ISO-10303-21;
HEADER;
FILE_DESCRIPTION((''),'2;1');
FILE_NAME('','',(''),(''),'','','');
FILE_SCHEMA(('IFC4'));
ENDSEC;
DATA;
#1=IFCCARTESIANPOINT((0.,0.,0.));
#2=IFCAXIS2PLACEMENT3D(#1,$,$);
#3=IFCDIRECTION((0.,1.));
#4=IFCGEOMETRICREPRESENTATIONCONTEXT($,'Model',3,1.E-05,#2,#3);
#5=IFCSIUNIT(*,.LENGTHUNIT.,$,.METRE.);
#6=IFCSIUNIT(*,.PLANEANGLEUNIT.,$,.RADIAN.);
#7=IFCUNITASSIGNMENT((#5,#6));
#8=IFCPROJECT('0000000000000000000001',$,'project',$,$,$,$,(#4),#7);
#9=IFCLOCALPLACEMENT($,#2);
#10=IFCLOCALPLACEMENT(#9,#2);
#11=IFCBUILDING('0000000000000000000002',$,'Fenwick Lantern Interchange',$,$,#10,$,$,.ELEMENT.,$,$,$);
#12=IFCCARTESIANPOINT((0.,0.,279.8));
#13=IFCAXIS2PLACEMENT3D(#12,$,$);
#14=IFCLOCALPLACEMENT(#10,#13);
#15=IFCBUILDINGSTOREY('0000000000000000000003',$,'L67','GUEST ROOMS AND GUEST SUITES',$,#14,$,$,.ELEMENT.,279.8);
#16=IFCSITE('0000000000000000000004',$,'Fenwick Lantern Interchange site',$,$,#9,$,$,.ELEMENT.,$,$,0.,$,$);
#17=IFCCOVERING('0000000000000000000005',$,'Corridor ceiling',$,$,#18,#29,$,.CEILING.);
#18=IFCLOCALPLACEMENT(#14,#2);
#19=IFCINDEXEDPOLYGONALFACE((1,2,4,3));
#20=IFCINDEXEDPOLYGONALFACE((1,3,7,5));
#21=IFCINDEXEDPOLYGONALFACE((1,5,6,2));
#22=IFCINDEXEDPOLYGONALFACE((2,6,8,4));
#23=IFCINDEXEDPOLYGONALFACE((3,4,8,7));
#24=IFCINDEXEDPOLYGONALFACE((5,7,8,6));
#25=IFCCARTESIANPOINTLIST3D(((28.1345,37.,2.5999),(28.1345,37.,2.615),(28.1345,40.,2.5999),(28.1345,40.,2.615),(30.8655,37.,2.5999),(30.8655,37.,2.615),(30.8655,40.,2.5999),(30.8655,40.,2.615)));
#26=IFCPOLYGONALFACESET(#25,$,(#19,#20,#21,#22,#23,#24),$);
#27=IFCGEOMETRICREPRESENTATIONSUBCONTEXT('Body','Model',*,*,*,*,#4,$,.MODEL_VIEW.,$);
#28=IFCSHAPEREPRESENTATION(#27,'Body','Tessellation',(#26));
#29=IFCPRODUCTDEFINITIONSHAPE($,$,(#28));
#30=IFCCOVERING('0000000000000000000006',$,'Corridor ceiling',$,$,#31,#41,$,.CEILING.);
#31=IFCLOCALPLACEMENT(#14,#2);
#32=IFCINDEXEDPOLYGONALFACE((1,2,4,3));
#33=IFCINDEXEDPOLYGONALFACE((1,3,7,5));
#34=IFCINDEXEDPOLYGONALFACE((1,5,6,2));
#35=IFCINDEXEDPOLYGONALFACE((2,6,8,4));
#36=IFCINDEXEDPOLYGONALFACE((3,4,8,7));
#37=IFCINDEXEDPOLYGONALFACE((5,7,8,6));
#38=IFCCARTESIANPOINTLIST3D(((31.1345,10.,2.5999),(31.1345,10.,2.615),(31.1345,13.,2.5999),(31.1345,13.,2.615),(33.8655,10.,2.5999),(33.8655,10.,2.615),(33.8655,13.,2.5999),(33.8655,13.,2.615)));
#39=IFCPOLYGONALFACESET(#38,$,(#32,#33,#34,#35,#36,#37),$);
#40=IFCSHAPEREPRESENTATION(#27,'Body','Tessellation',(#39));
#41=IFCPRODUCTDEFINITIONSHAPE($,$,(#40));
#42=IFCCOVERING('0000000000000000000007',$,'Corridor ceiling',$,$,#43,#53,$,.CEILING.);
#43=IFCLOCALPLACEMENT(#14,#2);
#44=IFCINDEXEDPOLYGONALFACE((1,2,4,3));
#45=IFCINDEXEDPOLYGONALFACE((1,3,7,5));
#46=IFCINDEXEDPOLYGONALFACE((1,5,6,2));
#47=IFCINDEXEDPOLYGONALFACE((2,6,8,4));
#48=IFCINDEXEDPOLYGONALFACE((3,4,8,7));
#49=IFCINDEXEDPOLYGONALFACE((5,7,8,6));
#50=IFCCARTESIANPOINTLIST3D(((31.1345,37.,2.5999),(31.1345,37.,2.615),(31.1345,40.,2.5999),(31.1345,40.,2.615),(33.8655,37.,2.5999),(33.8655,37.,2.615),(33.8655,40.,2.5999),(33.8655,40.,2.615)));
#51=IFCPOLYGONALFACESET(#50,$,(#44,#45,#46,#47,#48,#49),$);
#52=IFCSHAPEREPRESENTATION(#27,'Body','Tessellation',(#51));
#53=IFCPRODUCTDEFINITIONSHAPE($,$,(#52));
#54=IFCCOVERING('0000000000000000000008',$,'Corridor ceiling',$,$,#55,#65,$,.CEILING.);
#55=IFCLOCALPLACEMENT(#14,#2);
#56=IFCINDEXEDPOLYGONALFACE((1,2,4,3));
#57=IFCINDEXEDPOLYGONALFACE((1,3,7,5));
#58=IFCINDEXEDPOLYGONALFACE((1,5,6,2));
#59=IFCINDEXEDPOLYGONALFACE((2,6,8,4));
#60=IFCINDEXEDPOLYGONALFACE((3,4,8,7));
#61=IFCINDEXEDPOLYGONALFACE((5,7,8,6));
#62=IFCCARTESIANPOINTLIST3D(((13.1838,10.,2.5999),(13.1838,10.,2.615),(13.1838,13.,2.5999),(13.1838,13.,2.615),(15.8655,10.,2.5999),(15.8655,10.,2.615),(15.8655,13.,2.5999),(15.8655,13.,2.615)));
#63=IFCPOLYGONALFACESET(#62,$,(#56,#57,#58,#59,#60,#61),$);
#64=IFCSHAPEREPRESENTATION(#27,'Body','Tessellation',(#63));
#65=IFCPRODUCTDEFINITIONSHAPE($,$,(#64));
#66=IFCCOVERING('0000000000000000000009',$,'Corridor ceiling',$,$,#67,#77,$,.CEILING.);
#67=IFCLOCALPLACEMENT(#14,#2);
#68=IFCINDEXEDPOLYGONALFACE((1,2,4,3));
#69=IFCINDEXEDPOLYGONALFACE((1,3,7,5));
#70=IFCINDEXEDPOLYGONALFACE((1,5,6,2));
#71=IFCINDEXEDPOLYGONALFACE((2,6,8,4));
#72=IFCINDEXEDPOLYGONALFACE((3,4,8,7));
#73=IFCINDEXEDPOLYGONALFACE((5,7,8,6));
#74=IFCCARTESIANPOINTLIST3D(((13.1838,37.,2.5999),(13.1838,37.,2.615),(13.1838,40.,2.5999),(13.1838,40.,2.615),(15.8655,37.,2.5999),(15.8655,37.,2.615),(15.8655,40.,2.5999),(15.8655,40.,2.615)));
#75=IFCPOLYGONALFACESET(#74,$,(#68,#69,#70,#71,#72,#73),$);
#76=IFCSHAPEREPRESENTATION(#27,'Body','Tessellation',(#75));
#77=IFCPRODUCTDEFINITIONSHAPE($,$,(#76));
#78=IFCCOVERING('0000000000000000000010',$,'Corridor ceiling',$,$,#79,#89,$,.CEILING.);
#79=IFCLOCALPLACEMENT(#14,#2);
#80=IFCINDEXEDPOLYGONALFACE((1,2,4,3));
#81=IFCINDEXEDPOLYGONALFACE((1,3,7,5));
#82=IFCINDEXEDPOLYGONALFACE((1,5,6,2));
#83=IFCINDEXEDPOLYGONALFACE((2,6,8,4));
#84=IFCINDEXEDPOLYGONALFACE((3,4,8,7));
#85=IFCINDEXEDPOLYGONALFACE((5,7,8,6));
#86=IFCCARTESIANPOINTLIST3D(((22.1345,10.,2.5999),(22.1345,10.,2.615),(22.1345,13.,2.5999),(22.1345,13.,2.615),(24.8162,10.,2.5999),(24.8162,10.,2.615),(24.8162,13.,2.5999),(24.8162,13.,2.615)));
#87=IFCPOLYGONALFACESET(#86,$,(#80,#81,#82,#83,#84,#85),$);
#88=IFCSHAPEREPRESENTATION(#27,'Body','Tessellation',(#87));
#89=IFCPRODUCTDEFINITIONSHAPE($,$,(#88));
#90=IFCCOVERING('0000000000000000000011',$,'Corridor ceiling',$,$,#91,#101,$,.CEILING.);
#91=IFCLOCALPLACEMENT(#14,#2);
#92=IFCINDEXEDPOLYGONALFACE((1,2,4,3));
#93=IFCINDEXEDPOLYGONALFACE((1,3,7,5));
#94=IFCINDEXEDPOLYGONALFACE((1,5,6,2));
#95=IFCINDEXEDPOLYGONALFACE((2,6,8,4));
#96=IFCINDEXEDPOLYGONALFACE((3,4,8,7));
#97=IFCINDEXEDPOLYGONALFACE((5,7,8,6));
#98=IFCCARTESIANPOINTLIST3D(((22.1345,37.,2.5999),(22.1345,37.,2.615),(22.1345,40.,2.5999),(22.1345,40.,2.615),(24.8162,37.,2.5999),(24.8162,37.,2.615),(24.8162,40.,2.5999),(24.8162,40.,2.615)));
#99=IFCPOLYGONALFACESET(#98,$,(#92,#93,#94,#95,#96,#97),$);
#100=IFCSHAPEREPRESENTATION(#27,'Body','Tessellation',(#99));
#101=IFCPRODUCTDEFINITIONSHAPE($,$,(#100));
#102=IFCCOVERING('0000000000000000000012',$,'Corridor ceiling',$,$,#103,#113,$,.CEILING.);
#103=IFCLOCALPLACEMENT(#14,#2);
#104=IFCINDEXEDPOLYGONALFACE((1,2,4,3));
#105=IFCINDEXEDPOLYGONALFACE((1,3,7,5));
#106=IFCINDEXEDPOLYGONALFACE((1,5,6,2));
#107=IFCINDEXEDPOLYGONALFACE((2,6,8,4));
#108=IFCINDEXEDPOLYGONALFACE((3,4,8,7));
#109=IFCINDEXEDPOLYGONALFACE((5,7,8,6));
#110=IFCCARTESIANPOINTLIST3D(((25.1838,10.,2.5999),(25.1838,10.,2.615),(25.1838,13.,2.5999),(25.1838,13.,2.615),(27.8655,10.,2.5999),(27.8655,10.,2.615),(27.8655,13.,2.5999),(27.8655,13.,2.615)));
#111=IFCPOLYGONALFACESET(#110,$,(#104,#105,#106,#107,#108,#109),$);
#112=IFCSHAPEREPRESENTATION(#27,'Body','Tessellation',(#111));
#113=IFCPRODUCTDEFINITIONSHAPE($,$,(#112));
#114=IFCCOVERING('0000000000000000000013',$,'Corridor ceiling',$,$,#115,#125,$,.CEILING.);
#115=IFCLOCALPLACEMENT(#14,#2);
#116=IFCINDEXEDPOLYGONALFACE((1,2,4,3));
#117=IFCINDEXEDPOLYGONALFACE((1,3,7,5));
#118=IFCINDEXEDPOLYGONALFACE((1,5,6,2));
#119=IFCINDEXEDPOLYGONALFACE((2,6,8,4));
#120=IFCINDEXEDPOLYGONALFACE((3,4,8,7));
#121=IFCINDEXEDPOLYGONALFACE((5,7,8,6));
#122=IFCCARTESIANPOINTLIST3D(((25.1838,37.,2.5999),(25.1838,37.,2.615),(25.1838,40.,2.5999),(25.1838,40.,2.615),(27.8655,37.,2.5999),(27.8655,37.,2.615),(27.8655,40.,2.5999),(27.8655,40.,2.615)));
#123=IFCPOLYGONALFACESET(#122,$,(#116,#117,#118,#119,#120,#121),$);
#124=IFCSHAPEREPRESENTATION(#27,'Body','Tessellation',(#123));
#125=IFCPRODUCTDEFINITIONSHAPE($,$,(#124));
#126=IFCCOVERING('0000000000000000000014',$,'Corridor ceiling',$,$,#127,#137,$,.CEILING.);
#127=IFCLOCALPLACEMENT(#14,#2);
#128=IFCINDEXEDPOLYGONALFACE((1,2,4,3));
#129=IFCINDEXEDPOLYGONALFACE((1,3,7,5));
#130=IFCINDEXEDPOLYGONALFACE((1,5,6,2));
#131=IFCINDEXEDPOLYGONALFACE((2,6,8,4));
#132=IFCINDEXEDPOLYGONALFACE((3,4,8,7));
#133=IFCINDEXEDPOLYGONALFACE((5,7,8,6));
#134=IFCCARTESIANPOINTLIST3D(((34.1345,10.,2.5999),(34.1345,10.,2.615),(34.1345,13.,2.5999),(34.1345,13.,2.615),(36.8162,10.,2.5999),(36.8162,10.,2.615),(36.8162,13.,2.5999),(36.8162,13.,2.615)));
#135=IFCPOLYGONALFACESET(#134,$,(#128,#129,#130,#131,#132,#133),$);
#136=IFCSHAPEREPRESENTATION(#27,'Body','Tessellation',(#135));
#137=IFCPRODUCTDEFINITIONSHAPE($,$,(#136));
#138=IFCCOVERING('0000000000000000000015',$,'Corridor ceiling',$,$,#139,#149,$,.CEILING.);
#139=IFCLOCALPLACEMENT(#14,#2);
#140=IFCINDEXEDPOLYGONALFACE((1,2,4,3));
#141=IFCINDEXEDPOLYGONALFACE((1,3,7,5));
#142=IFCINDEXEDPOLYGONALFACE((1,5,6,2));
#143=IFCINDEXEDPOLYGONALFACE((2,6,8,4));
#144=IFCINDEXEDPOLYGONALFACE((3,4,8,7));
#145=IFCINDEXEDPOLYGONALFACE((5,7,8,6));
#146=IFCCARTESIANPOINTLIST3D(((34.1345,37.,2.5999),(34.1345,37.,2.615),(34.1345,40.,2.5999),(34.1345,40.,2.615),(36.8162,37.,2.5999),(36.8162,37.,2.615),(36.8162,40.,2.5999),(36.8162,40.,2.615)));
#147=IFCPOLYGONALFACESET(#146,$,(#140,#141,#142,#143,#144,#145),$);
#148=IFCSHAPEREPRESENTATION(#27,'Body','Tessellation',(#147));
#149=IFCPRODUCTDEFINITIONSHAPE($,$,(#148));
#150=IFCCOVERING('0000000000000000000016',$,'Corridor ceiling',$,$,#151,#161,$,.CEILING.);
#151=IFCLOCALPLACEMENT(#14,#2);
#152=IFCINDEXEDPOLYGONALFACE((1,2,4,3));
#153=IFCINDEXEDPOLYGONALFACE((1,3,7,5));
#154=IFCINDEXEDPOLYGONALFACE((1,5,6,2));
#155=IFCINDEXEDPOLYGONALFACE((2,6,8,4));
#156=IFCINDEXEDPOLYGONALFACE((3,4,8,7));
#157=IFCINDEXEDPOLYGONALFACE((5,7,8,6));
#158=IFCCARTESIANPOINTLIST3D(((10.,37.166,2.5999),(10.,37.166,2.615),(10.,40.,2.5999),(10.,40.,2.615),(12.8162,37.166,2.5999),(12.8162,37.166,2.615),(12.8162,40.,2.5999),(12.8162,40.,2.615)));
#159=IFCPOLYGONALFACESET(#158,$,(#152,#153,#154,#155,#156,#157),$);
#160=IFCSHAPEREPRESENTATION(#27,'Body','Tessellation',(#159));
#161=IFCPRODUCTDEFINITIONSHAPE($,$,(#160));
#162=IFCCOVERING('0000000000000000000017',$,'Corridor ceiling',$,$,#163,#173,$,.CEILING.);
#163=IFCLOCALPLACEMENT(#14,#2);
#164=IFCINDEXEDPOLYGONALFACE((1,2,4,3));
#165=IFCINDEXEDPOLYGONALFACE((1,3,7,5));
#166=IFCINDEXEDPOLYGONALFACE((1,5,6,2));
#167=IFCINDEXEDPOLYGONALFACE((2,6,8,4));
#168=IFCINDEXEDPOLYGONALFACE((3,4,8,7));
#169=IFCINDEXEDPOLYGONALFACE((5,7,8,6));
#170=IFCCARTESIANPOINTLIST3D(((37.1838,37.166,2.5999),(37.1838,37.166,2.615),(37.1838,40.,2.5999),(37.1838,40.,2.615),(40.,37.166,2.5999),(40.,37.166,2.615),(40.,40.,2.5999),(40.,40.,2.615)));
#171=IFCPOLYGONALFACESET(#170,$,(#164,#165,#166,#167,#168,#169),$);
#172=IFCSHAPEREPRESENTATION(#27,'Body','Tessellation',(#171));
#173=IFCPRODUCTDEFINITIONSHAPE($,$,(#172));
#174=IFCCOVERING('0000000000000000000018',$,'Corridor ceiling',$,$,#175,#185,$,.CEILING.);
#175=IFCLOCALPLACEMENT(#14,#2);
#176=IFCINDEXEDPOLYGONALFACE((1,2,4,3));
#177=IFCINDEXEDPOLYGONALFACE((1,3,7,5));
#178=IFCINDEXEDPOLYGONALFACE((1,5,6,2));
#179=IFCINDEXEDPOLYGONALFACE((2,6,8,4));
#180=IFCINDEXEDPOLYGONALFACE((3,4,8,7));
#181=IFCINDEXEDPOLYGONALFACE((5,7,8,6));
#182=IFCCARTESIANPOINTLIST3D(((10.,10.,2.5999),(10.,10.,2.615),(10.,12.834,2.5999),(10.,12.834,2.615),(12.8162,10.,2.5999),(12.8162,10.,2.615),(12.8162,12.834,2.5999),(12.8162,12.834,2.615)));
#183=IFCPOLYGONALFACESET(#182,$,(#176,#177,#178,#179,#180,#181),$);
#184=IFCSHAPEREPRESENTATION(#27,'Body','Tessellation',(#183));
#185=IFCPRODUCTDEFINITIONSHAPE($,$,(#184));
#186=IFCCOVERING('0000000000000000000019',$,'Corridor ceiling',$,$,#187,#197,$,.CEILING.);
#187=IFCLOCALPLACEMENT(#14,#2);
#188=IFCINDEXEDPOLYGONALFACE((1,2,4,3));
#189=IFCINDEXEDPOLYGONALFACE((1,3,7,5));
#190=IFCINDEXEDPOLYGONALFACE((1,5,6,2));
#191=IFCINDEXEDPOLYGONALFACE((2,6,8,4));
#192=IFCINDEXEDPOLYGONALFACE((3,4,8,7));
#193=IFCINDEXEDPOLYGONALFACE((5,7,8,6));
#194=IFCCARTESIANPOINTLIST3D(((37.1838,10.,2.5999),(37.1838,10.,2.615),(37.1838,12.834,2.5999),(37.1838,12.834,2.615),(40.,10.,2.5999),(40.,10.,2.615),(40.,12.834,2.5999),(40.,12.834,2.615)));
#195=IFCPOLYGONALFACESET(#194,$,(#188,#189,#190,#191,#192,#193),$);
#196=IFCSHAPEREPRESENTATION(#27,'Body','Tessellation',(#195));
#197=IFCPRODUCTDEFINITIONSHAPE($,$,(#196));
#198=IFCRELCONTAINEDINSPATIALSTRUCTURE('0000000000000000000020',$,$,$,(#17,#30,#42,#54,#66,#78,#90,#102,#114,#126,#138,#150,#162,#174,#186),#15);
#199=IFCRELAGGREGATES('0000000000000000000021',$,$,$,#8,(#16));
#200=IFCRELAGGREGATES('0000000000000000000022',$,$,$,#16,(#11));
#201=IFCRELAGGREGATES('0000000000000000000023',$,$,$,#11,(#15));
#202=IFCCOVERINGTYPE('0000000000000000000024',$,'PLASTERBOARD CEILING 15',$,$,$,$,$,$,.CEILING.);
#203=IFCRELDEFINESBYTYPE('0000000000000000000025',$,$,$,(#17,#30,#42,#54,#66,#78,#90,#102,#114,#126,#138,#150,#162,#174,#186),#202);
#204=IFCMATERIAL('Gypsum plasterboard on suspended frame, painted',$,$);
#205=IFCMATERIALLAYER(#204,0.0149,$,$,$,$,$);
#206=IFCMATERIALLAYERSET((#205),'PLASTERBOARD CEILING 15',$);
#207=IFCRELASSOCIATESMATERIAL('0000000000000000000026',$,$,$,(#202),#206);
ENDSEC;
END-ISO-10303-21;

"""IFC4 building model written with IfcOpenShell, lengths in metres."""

from ifc_helpers import new_model, si_unit, direction, frame, origin, place, context, subcontext, project, spatial, polyline, outline, extrude, material, layer, layer_set, type_object, element, save


model = new_model("IFC4")

# Units and contexts
model_context = context("Model", 3, precision=1e-05, world=origin(), true_north=direction((0.0, 1.0)))
body_context = subcontext(model_context, "Body", "Model", "MODEL_VIEW")
ifc_project = project(units=[si_unit("LENGTHUNIT", "METRE"), si_unit("PLANEANGLEUNIT", "RADIAN")], contexts=[model_context])

# Site, building, storey
site_placement = place(None, origin())
site = spatial("IfcSite", under=ifc_project, at=site_placement, Name="Fenwick Lantern Interchange site", CompositionType="ELEMENT", RefElevation=0.0)
building_placement = place(site_placement, origin())
building = spatial("IfcBuilding", under=site, at=building_placement, Name="Fenwick Lantern Interchange", CompositionType="ELEMENT")
storey_placement = place(building_placement, frame((0.0, 0.0, 279.8)))
storey = spatial("IfcBuildingStorey", under=building, at=storey_placement, Name="L67", Description="GUEST ROOMS AND GUEST SUITES", CompositionType="ELEMENT", Elevation=279.8)

# Coverings
ifc_material_1 = material(Name="Gypsum plasterboard on suspended frame, painted")
ifc_layer_1 = layer(ifc_material_1, 0.0149)
ifc_layer_set_1 = layer_set([ifc_layer_1], Name="PLASTERBOARD CEILING 15")
covering_type_1 = type_object("IfcCoveringType", Name="PLASTERBOARD CEILING 15", PredefinedType="CEILING", material=ifc_layer_set_1)
covering_1_placement = place(storey_placement, frame((0.0, 0.0, 2.5999)))
element("IfcCovering", 1, at=covering_1_placement, inside=storey, type_object=covering_type_1, Name="Corridor ceiling", PredefinedType="CEILING", context=body_context, shape_type="SweptSolid", body=[
    extrude(outline(polyline([(30.8655, 40.0), (28.1345, 40.0), (28.1345, 37.0), (30.8655, 37.0), (30.8655, 40.0)])), origin(), (0.0, 0.0, 1.0), 0.0151),
])
covering_2_placement = place(storey_placement, frame((0.0, 0.0, 2.5999)))
element("IfcCovering", 2, at=covering_2_placement, inside=storey, type_object=covering_type_1, Name="Corridor ceiling", PredefinedType="CEILING", context=body_context, shape_type="SweptSolid", body=[
    extrude(outline(polyline([(31.1345, 10.0), (33.8655, 10.0), (33.8655, 13.0), (31.1345, 13.0), (31.1345, 10.0)])), origin(), (0.0, 0.0, 1.0), 0.0151),
])
covering_3_placement = place(storey_placement, frame((0.0, 0.0, 2.5999)))
element("IfcCovering", 3, at=covering_3_placement, inside=storey, type_object=covering_type_1, Name="Corridor ceiling", PredefinedType="CEILING", context=body_context, shape_type="SweptSolid", body=[
    extrude(outline(polyline([(33.8655, 40.0), (31.1345, 40.0), (31.1345, 37.0), (33.8655, 37.0), (33.8655, 40.0)])), origin(), (0.0, 0.0, 1.0), 0.0151),
])
covering_4_placement = place(storey_placement, frame((0.0, 0.0, 2.5999)))
element("IfcCovering", 4, at=covering_4_placement, inside=storey, type_object=covering_type_1, Name="Corridor ceiling", PredefinedType="CEILING", context=body_context, shape_type="SweptSolid", body=[
    extrude(outline(polyline([(13.1838, 10.0), (15.8655, 10.0), (15.8655, 13.0), (13.1838, 13.0), (13.1838, 10.0)])), origin(), (0.0, 0.0, 1.0), 0.0151),
])
covering_5_placement = place(storey_placement, frame((0.0, 0.0, 2.5999)))
element("IfcCovering", 5, at=covering_5_placement, inside=storey, type_object=covering_type_1, Name="Corridor ceiling", PredefinedType="CEILING", context=body_context, shape_type="SweptSolid", body=[
    extrude(outline(polyline([(15.8655, 40.0), (13.1838, 40.0), (13.1838, 37.0), (15.8655, 37.0), (15.8655, 40.0)])), origin(), (0.0, 0.0, 1.0), 0.0151),
])
covering_6_placement = place(storey_placement, frame((0.0, 0.0, 2.5999)))
element("IfcCovering", 6, at=covering_6_placement, inside=storey, type_object=covering_type_1, Name="Corridor ceiling", PredefinedType="CEILING", context=body_context, shape_type="SweptSolid", body=[
    extrude(outline(polyline([(22.1345, 10.0), (24.8162, 10.0), (24.8162, 13.0), (22.1345, 13.0), (22.1345, 10.0)])), origin(), (0.0, 0.0, 1.0), 0.0151),
])
covering_7_placement = place(storey_placement, frame((0.0, 0.0, 2.5999)))
element("IfcCovering", 7, at=covering_7_placement, inside=storey, type_object=covering_type_1, Name="Corridor ceiling", PredefinedType="CEILING", context=body_context, shape_type="SweptSolid", body=[
    extrude(outline(polyline([(24.8162, 40.0), (22.1345, 40.0), (22.1345, 37.0), (24.8162, 37.0), (24.8162, 40.0)])), origin(), (0.0, 0.0, 1.0), 0.0151),
])
covering_8_placement = place(storey_placement, frame((0.0, 0.0, 2.5999)))
element("IfcCovering", 8, at=covering_8_placement, inside=storey, type_object=covering_type_1, Name="Corridor ceiling", PredefinedType="CEILING", context=body_context, shape_type="SweptSolid", body=[
    extrude(outline(polyline([(25.1838, 10.0), (27.8655, 10.0), (27.8655, 13.0), (25.1838, 13.0), (25.1838, 10.0)])), origin(), (0.0, 0.0, 1.0), 0.0151),
])
covering_9_placement = place(storey_placement, frame((0.0, 0.0, 2.5999)))
element("IfcCovering", 9, at=covering_9_placement, inside=storey, type_object=covering_type_1, Name="Corridor ceiling", PredefinedType="CEILING", context=body_context, shape_type="SweptSolid", body=[
    extrude(outline(polyline([(27.8655, 40.0), (25.1838, 40.0), (25.1838, 37.0), (27.8655, 37.0), (27.8655, 40.0)])), origin(), (0.0, 0.0, 1.0), 0.0151),
])
covering_10_placement = place(storey_placement, frame((0.0, 0.0, 2.5999)))
element("IfcCovering", 10, at=covering_10_placement, inside=storey, type_object=covering_type_1, Name="Corridor ceiling", PredefinedType="CEILING", context=body_context, shape_type="SweptSolid", body=[
    extrude(outline(polyline([(34.1345, 10.0), (36.8162, 10.0), (36.8162, 13.0), (34.1345, 13.0), (34.1345, 10.0)])), origin(), (0.0, 0.0, 1.0), 0.0151),
])
covering_11_placement = place(storey_placement, frame((0.0, 0.0, 2.5999)))
element("IfcCovering", 11, at=covering_11_placement, inside=storey, type_object=covering_type_1, Name="Corridor ceiling", PredefinedType="CEILING", context=body_context, shape_type="SweptSolid", body=[
    extrude(outline(polyline([(36.8162, 40.0), (34.1345, 40.0), (34.1345, 37.0), (36.8162, 37.0), (36.8162, 40.0)])), origin(), (0.0, 0.0, 1.0), 0.0151),
])
covering_12_placement = place(storey_placement, frame((0.0, 0.0, 2.5999)))
element("IfcCovering", 12, at=covering_12_placement, inside=storey, type_object=covering_type_1, Name="Corridor ceiling", PredefinedType="CEILING", context=body_context, shape_type="SweptSolid", body=[
    extrude(outline(polyline([(12.8162, 40.0), (10.0, 40.0), (10.0, 37.166), (12.8162, 37.166), (12.8162, 40.0)])), origin(), (0.0, 0.0, 1.0), 0.0151),
])
covering_13_placement = place(storey_placement, frame((0.0, 0.0, 2.5999)))
element("IfcCovering", 13, at=covering_13_placement, inside=storey, type_object=covering_type_1, Name="Corridor ceiling", PredefinedType="CEILING", context=body_context, shape_type="SweptSolid", body=[
    extrude(outline(polyline([(40.0, 40.0), (37.1838, 40.0), (37.1838, 37.166), (40.0, 37.166), (40.0, 40.0)])), origin(), (0.0, 0.0, 1.0), 0.0151),
])
covering_14_placement = place(storey_placement, frame((0.0, 0.0, 2.5999)))
element("IfcCovering", 14, at=covering_14_placement, inside=storey, type_object=covering_type_1, Name="Corridor ceiling", PredefinedType="CEILING", context=body_context, shape_type="SweptSolid", body=[
    extrude(outline(polyline([(10.0, 10.0), (12.8162, 10.0), (12.8162, 12.834), (10.0, 12.834), (10.0, 10.0)])), origin(), (0.0, 0.0, 1.0), 0.0151),
])
covering_15_placement = place(storey_placement, frame((0.0, 0.0, 2.5999)))
element("IfcCovering", 15, at=covering_15_placement, inside=storey, type_object=covering_type_1, Name="Corridor ceiling", PredefinedType="CEILING", context=body_context, shape_type="SweptSolid", body=[
    extrude(outline(polyline([(40.0, 10.0), (40.0, 12.834), (37.1838, 12.834), (37.1838, 10.0), (40.0, 10.0)])), origin(), (0.0, 0.0, 1.0), 0.0151),
])

save(model, "model.ifc")
